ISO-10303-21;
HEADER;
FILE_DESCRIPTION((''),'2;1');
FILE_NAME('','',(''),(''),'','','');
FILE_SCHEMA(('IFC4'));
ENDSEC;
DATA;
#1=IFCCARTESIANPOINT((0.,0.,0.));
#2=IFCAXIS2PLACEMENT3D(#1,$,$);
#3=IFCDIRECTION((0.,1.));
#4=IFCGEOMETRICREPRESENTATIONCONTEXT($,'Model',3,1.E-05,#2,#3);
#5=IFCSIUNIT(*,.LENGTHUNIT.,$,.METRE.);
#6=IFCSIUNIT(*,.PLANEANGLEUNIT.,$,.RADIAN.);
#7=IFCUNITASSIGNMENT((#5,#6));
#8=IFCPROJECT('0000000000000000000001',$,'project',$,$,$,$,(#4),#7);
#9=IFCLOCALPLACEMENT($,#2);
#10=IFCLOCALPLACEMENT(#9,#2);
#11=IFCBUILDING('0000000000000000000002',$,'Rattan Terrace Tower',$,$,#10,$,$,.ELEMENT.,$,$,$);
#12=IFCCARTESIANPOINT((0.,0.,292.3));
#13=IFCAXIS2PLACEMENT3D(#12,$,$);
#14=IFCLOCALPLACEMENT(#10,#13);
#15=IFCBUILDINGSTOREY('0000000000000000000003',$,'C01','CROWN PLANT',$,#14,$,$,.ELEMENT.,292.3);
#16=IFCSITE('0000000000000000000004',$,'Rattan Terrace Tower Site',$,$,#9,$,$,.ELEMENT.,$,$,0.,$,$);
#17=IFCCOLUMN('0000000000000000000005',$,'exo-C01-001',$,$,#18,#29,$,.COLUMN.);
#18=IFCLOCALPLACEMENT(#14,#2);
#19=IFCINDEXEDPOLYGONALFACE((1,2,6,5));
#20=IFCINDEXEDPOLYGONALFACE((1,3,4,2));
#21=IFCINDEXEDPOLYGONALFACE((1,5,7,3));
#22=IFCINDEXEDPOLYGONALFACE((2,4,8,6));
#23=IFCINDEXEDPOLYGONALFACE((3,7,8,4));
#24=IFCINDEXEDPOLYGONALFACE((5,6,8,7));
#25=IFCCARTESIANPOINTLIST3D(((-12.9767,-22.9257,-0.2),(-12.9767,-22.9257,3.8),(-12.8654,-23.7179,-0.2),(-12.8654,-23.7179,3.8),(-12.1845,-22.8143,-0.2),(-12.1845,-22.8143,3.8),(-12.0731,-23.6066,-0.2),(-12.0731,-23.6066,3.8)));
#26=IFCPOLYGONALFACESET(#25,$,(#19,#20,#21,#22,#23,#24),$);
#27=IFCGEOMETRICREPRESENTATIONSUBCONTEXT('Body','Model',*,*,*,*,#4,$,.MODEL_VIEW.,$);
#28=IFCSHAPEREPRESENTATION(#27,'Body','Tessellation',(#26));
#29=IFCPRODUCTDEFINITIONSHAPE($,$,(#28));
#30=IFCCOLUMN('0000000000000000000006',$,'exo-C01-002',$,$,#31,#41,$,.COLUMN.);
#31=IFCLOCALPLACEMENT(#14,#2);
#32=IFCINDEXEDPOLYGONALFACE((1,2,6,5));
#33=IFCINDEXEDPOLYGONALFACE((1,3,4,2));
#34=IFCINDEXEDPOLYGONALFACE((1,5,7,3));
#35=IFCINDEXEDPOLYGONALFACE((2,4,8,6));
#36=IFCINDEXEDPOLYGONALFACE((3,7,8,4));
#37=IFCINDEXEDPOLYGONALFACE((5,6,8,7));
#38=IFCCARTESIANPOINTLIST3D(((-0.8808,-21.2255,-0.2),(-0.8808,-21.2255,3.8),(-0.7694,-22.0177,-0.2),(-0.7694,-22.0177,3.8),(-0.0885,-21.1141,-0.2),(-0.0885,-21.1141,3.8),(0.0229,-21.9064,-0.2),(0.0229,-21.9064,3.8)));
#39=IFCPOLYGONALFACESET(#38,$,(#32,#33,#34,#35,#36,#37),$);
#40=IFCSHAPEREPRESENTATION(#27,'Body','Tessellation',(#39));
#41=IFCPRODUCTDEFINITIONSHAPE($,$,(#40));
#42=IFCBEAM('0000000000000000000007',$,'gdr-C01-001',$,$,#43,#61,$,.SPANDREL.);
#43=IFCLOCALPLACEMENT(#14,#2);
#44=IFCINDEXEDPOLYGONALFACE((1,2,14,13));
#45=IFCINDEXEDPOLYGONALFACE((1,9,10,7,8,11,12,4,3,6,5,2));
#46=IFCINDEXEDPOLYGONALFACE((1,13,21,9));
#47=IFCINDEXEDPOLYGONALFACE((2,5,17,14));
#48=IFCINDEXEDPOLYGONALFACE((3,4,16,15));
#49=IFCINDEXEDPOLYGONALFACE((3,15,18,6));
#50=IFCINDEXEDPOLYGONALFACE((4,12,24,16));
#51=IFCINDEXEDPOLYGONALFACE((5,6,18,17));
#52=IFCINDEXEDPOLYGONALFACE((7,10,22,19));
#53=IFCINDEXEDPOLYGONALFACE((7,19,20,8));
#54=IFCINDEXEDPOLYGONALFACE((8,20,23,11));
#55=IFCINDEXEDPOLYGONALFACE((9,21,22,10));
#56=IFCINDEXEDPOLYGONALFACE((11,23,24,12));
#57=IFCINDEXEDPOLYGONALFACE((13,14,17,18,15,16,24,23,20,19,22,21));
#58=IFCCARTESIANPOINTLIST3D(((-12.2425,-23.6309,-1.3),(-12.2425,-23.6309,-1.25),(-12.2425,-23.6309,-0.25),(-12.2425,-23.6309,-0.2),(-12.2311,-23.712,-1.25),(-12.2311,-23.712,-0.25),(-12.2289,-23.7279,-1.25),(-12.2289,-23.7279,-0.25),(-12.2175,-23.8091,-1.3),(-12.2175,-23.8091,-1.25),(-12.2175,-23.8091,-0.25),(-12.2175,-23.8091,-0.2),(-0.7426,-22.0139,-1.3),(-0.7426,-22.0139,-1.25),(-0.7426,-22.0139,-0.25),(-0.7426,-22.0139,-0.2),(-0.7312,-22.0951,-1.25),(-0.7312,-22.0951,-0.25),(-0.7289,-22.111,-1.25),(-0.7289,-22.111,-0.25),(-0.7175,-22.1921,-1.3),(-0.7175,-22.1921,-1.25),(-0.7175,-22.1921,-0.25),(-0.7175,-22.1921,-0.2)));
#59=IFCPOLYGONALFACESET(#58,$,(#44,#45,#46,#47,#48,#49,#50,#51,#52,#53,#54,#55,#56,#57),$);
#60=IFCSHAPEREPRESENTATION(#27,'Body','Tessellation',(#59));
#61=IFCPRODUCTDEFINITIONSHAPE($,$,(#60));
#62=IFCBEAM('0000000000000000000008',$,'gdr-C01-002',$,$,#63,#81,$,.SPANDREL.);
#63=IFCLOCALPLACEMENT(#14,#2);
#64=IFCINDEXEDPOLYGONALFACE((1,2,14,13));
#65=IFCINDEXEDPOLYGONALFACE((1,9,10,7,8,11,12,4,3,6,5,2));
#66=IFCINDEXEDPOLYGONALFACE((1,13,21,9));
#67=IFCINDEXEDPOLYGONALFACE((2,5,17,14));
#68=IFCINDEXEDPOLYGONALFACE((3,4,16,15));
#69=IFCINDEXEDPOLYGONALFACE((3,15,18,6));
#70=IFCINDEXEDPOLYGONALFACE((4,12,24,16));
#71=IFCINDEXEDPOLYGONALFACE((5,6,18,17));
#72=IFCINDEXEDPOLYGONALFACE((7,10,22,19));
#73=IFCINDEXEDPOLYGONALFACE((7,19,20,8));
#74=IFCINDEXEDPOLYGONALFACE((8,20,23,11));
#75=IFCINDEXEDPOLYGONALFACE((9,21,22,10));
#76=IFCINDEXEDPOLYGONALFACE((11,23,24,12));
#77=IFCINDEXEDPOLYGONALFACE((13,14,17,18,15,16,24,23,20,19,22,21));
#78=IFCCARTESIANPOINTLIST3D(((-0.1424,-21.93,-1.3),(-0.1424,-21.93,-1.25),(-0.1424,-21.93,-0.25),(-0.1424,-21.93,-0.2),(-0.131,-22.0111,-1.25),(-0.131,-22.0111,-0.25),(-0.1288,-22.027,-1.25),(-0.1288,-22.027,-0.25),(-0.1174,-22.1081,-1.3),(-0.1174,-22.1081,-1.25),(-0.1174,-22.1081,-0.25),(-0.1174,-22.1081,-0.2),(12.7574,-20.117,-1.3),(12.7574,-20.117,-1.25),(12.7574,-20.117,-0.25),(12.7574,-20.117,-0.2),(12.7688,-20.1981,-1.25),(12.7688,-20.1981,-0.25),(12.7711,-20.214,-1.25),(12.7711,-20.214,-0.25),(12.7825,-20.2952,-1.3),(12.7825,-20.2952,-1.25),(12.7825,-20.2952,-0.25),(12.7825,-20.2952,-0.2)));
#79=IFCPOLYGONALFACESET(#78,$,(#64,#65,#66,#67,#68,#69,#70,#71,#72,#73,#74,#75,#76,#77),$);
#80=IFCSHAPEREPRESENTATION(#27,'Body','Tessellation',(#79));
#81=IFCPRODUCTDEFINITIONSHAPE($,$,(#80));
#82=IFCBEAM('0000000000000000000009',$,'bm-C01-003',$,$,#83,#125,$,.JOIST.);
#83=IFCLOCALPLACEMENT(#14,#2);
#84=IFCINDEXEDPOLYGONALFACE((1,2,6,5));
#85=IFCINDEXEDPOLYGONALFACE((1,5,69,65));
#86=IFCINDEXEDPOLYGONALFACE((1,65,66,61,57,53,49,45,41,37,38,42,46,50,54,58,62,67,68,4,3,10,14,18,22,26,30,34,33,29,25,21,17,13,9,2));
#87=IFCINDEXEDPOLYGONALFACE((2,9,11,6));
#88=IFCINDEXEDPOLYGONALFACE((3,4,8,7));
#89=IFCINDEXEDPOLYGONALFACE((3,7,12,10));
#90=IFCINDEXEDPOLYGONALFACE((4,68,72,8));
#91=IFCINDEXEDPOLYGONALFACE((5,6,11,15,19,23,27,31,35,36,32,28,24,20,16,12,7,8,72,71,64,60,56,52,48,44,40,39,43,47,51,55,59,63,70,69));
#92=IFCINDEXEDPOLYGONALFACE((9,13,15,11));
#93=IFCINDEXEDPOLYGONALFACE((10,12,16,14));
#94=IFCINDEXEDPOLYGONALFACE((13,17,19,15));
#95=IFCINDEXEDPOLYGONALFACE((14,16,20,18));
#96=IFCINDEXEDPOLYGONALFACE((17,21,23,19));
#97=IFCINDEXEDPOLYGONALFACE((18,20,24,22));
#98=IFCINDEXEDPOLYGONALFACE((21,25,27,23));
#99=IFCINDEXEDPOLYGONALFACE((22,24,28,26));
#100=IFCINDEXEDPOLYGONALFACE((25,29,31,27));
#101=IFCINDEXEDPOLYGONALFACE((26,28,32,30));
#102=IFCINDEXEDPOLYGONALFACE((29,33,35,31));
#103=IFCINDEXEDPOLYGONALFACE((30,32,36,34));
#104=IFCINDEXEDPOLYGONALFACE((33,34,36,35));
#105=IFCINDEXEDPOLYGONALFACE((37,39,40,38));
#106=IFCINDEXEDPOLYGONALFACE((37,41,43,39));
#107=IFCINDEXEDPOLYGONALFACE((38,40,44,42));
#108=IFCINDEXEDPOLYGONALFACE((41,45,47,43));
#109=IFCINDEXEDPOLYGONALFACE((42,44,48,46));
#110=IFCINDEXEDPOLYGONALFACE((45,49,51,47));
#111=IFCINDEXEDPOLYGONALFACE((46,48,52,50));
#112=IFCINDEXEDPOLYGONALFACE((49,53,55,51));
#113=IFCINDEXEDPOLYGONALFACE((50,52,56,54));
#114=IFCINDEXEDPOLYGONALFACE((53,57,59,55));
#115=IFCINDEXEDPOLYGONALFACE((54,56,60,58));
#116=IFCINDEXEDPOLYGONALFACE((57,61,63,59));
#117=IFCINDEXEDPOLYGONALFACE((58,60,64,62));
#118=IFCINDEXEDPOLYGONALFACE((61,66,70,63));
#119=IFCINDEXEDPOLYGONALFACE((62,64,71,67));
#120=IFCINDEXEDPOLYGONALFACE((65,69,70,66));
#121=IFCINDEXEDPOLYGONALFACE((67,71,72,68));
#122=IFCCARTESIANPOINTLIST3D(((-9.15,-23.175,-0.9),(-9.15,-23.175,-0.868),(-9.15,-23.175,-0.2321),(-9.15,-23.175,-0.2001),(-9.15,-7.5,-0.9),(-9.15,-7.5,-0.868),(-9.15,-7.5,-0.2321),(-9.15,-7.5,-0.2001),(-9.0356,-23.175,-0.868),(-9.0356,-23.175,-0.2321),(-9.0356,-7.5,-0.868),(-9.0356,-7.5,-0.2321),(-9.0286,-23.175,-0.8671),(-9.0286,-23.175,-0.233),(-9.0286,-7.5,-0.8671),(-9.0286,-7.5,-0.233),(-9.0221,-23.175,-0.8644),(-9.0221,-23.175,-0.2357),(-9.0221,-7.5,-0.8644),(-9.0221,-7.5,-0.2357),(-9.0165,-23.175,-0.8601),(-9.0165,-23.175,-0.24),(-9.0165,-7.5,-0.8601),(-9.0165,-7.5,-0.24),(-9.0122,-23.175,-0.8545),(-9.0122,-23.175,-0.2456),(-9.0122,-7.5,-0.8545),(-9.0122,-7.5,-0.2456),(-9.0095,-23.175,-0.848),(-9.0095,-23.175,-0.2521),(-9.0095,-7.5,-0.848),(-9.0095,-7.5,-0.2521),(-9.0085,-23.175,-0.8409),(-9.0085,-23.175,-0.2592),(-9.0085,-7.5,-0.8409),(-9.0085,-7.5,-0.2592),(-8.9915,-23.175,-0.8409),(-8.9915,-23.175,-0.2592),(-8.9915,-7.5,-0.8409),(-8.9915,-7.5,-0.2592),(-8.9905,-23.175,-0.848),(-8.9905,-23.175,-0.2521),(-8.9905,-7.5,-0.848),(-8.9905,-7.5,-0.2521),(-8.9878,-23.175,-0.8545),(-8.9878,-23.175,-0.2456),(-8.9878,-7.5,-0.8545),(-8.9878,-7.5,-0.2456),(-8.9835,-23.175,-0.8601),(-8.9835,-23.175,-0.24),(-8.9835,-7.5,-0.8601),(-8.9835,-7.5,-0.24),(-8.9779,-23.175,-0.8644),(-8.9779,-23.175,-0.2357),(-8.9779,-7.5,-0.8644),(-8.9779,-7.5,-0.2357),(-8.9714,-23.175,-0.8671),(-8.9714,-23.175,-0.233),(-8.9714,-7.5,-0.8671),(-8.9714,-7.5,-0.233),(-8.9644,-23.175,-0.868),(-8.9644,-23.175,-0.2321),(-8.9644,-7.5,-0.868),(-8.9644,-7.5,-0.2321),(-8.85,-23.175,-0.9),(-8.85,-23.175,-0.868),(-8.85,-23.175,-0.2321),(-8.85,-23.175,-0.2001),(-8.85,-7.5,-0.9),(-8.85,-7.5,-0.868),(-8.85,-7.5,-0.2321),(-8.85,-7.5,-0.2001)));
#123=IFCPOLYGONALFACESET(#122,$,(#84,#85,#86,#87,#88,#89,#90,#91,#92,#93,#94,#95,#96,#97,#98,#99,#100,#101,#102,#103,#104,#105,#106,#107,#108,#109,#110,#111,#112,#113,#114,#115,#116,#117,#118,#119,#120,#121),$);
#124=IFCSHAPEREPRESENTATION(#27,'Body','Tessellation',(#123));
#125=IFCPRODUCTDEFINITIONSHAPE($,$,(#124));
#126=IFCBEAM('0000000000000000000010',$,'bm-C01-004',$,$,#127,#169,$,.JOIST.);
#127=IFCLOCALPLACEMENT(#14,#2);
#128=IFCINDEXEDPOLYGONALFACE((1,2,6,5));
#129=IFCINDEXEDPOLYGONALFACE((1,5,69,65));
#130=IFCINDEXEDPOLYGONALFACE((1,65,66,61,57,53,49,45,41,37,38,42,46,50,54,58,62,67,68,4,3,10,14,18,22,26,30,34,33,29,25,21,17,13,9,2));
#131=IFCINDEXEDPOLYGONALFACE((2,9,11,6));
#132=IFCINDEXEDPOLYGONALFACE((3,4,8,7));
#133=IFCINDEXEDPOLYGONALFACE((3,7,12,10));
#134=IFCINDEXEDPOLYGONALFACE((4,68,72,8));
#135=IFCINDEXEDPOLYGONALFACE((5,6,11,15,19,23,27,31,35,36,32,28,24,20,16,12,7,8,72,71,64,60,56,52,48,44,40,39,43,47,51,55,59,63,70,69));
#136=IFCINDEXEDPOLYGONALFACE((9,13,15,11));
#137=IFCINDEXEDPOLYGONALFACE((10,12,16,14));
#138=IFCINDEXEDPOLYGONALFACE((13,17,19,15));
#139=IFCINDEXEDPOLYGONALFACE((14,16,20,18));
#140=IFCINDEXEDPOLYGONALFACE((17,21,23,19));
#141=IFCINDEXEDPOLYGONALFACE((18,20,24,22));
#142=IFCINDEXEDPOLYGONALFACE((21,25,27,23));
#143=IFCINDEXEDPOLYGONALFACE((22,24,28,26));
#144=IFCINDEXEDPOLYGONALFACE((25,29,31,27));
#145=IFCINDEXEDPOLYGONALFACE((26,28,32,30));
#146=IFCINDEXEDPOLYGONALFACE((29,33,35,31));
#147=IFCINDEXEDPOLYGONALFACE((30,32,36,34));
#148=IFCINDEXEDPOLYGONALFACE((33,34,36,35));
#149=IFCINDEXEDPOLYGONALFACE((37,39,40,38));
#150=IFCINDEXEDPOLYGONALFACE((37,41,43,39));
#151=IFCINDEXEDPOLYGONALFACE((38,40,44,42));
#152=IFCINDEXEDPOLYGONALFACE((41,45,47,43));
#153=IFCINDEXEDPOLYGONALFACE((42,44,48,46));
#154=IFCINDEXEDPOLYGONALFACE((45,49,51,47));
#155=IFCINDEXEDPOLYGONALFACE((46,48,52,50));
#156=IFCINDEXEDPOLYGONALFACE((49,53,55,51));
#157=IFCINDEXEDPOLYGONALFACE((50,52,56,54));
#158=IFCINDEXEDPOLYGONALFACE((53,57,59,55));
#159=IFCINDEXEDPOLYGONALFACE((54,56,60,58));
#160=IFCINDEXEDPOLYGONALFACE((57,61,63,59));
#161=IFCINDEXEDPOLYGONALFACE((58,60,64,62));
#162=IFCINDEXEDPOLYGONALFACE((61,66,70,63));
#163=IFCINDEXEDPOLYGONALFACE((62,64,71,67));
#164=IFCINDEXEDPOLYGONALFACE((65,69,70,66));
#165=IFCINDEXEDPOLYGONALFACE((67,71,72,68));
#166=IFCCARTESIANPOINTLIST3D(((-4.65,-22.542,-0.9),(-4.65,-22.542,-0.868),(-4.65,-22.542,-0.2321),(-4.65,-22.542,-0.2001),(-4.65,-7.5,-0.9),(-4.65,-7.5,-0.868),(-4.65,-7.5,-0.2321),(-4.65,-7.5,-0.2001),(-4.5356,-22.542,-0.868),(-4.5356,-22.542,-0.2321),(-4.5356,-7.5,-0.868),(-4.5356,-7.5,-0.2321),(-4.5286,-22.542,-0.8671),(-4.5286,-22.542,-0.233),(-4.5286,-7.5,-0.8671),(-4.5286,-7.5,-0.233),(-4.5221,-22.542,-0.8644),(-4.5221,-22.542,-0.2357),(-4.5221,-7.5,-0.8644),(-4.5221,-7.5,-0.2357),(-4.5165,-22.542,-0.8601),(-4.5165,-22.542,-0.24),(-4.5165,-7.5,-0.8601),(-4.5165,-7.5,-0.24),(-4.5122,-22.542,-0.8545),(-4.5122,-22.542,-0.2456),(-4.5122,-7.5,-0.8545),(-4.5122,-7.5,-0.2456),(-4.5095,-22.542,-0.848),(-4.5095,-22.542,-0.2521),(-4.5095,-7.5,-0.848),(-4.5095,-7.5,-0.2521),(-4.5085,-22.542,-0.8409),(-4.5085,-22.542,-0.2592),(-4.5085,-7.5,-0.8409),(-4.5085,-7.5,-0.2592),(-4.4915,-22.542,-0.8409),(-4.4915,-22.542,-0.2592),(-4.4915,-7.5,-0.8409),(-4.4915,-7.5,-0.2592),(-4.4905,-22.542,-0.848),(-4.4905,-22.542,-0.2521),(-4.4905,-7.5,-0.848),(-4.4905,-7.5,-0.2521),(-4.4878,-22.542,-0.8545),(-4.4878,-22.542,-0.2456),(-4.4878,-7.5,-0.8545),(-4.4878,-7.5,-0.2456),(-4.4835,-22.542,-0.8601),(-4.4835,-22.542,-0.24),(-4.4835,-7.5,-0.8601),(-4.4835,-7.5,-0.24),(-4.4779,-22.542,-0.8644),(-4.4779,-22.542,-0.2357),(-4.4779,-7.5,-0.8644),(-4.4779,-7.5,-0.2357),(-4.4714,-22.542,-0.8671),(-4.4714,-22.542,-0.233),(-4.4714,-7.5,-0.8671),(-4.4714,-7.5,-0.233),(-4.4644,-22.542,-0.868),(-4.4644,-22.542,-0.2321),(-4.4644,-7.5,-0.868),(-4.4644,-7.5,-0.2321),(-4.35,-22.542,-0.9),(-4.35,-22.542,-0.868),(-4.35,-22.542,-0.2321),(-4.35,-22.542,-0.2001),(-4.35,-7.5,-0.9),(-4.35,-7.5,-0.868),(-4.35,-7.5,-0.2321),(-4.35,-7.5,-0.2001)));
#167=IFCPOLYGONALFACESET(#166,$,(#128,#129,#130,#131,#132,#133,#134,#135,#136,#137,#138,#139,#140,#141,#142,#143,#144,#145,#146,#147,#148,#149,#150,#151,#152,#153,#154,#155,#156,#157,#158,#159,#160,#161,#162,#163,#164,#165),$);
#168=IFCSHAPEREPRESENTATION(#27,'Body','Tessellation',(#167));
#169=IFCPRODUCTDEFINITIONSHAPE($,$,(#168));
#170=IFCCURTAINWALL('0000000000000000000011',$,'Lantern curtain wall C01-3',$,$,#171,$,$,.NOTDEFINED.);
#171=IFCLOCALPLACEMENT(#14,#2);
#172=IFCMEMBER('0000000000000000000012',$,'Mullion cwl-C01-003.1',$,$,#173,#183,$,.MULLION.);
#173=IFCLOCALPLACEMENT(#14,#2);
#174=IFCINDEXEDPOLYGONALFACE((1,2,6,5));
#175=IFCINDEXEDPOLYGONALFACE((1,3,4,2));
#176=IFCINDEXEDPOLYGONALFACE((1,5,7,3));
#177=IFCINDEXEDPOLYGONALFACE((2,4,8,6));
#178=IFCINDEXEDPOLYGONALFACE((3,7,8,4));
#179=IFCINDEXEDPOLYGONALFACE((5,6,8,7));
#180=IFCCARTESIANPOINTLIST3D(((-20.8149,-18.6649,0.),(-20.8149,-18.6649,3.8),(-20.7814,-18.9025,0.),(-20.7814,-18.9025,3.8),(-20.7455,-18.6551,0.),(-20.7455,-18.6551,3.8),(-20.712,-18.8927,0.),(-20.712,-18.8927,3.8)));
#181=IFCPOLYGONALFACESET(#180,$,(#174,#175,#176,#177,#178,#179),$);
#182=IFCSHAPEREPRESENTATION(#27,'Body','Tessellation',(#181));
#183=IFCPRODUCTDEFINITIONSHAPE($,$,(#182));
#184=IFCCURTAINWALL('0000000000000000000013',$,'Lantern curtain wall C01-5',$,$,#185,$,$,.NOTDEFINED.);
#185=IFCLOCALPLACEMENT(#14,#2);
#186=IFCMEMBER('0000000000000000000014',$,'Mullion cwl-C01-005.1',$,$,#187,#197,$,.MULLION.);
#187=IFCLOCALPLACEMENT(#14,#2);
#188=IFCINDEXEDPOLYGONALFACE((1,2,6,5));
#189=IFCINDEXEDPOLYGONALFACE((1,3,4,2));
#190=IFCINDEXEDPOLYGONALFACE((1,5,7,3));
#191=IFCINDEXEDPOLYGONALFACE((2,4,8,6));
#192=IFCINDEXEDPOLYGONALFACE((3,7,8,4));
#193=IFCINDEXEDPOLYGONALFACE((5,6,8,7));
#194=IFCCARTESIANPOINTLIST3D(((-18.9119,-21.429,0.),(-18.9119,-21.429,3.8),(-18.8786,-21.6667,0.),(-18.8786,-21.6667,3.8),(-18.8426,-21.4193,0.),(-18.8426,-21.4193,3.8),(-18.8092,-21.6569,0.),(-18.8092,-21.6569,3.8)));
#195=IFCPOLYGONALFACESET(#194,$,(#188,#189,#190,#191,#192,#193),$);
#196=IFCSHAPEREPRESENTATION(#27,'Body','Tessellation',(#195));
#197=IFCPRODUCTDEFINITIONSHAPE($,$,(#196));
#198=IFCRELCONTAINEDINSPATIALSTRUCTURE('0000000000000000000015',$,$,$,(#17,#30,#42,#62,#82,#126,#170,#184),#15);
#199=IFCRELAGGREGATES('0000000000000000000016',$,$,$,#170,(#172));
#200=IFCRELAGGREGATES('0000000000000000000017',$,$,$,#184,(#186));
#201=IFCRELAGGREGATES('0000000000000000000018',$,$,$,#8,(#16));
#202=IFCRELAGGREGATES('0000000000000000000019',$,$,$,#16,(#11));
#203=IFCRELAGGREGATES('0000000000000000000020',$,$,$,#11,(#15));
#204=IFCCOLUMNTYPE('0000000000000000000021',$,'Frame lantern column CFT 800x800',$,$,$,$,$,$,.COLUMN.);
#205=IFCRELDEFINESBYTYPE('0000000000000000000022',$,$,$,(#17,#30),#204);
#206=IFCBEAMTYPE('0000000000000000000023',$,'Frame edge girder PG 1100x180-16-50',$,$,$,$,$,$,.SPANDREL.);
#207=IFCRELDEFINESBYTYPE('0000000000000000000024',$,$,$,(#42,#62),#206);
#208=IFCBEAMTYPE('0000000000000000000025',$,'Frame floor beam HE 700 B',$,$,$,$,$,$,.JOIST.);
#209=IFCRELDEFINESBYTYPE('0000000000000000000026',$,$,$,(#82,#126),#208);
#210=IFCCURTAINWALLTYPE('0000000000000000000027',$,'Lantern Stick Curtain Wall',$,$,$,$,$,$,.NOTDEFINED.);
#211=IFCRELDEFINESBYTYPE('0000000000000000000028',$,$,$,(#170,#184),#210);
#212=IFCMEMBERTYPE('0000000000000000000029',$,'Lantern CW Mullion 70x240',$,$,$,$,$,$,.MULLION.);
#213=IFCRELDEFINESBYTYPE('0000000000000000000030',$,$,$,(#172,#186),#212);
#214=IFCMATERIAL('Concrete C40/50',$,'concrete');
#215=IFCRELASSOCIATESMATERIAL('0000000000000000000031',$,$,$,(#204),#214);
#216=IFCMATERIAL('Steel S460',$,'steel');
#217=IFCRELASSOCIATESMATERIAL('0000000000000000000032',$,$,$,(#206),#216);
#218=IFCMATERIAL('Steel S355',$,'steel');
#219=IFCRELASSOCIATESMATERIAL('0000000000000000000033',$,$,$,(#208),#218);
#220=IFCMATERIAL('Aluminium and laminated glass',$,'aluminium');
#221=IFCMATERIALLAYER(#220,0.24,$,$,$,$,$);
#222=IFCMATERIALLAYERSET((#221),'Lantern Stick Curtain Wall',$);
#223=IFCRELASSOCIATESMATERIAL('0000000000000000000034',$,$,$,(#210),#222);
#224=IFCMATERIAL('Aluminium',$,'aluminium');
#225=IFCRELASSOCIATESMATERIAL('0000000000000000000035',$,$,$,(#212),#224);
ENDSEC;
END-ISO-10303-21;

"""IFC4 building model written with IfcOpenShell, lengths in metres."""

from ifc_helpers import new_model, si_unit, direction, frame, origin, origin_2d, place, context, subcontext, project, spatial, rectangle, i_section, extrude, material, layer, layer_set, material_profile, profile_set, type_object, element, aggregate, save


model = new_model("IFC4")

# Units and contexts
model_context = context("Model", 3, precision=1e-05, world=origin(), true_north=direction((0.0, 1.0)))
body_context = subcontext(model_context, "Body", "Model", "MODEL_VIEW")
ifc_project = project(units=[si_unit("LENGTHUNIT", "METRE"), si_unit("PLANEANGLEUNIT", "RADIAN")], contexts=[model_context])

# Site, building, storey
site_placement = place(None, origin())
site = spatial("IfcSite", under=ifc_project, at=site_placement, Name="Rattan Terrace Tower Site", CompositionType="ELEMENT", RefElevation=0.0)
building_placement = place(site_placement, origin())
building = spatial("IfcBuilding", under=site, at=building_placement, Name="Rattan Terrace Tower", CompositionType="ELEMENT")
storey_placement = place(building_placement, frame((0.0, 0.0, 292.3)))
storey = spatial("IfcBuildingStorey", under=building, at=storey_placement, Name="C01", Description="CROWN PLANT", CompositionType="ELEMENT", Elevation=292.3)

# Columns
ifc_material_1 = material(Name="Concrete C40/50", Category="concrete")
ifc_material_profile_1 = material_profile(ifc_material_1, rectangle(XDim=0.8, YDim=0.8, at=origin_2d()), Name="CFT 800x800")
ifc_profile_set_1 = profile_set([ifc_material_profile_1], Name="Concrete C40/50")
column_type = type_object("IfcColumnType", Name="Frame lantern column CFT 800x800", PredefinedType="COLUMN", material=ifc_profile_set_1)
for number, where, z_axis, x_axis, name in (
    (1, (-12.5249, -23.2661, -0.2), (0.0, 0.0, 1.0), (0.990266, 0.13919, 0.0), "exo-C01-001"),
    (2, (-0.429, -21.5659, -0.2), (0.0, 0.0, 1.0), (0.990266, 0.13919, 0.0), "exo-C01-002"),
):
    element("IfcColumn", number, at=place(storey_placement, frame(where, z_axis=z_axis, x_axis=x_axis)), inside=storey, type_object=column_type, Name=name, PredefinedType="COLUMN", context=body_context, shape_type="SweptSolid", body=[
        extrude(rectangle(XDim=0.8, YDim=0.8, at=origin_2d()), origin(), (0.0, 0.0, 1.0), 4.0),
    ])

# Beams
ifc_material_2 = material(Name="Steel S460", Category="steel")
ifc_material_profile_2 = material_profile(ifc_material_2, i_section(OverallWidth=0.1799, OverallDepth=1.1001, WebThickness=0.0161, FlangeThickness=0.05, at=origin_2d()), Name="PG 1100x180-16-50")
ifc_profile_set_2 = profile_set([ifc_material_profile_2], Name="Steel S460")
beam_type_1 = type_object("IfcBeamType", Name="Frame edge girder PG 1100x180-16-50", PredefinedType="SPANDREL", material=ifc_profile_set_2)
beam_1_placement = place(storey_placement, frame((-12.23, -23.72, -0.75), z_axis=(0.990259, 0.139234, 0.0), x_axis=(-0.139234, 0.990259, 0.0)))
element("IfcBeam", 3, at=beam_1_placement, inside=storey, type_object=beam_type_1, Name="gdr-C01-001", PredefinedType="SPANDREL", context=body_context, shape_type="SweptSolid", body=[
    extrude(i_section(OverallWidth=0.1799, OverallDepth=1.1001, WebThickness=0.0161, FlangeThickness=0.05, at=origin_2d()), origin(), (0.0, 0.0, 1.0), 11.613),
])
beam_2_placement = place(storey_placement, frame((-0.1299, -22.019, -0.75), z_axis=(0.990268, 0.139175, 0.0), x_axis=(-0.139175, 0.990268, 0.0)))
element("IfcBeam", 4, at=beam_2_placement, inside=storey, type_object=beam_type_1, Name="gdr-C01-002", PredefinedType="SPANDREL", context=body_context, shape_type="SweptSolid", body=[
    extrude(i_section(OverallWidth=0.1799, OverallDepth=1.1001, WebThickness=0.0161, FlangeThickness=0.05, at=origin_2d()), origin(), (0.0, 0.0, 1.0), 13.0266),
])
ifc_material_3 = material(Name="Steel S355", Category="steel")
ifc_material_profile_3 = material_profile(ifc_material_3, i_section(OverallWidth=0.3, OverallDepth=0.7, WebThickness=0.0171, FlangeThickness=0.032, FilletRadius=0.0271, at=origin_2d()), Name="HE 700 B")
ifc_profile_set_3 = profile_set([ifc_material_profile_3], Name="Steel S355")
beam_type_2 = type_object("IfcBeamType", Name="Frame floor beam HE 700 B", PredefinedType="JOIST", material=ifc_profile_set_3)
beam_3_placement = place(storey_placement, frame((-9.0, -23.175, -0.55), z_axis=(0.0, 1.0, 0.0), x_axis=(-1.0, 0.0, 0.0)))
element("IfcBeam", 5, at=beam_3_placement, inside=storey, type_object=beam_type_2, Name="bm-C01-003", PredefinedType="JOIST", context=body_context, shape_type="SweptSolid", body=[
    extrude(i_section(OverallWidth=0.3, OverallDepth=0.7, WebThickness=0.0171, FlangeThickness=0.032, FilletRadius=0.0271, at=origin_2d()), origin(), (0.0, 0.0, 1.0), 15.675),
])
beam_4_placement = place(storey_placement, frame((-4.5, -22.542, -0.55), z_axis=(0.0, 1.0, 0.0), x_axis=(-1.0, 0.0, 0.0)))
element("IfcBeam", 6, at=beam_4_placement, inside=storey, type_object=beam_type_2, Name="bm-C01-004", PredefinedType="JOIST", context=body_context, shape_type="SweptSolid", body=[
    extrude(i_section(OverallWidth=0.3, OverallDepth=0.7, WebThickness=0.0171, FlangeThickness=0.032, FilletRadius=0.0271, at=origin_2d()), origin(), (0.0, 0.0, 1.0), 15.042),
])

# Curtain walls, members
ifc_material_4 = material(Name="Aluminium and laminated glass", Category="aluminium")
ifc_layer_1 = layer(ifc_material_4, 0.24)
ifc_layer_set_1 = layer_set([ifc_layer_1], Name="Lantern Stick Curtain Wall")
curtain_wall_type = type_object("IfcCurtainWallType", Name="Lantern Stick Curtain Wall", PredefinedType="NOTDEFINED", material=ifc_layer_set_1)
curtain_wall_1_placement = place(storey_placement, origin())
curtain_wall_1 = element("IfcCurtainWall", 7, at=curtain_wall_1_placement, inside=storey, type_object=curtain_wall_type, Name="Lantern curtain wall C01-3", PredefinedType="NOTDEFINED")
ifc_material_5 = material(Name="Aluminium", Category="aluminium")
ifc_material_profile_4 = material_profile(ifc_material_5, rectangle(XDim=0.0701, YDim=0.24, at=origin_2d()), Name="Aluminium 70x240")
ifc_profile_set_4 = profile_set([ifc_material_profile_4], Name="Aluminium")
member_type_1 = type_object("IfcMemberType", Name="Lantern CW Mullion 70x240", PredefinedType="MULLION", material=ifc_profile_set_4)
member_1_placement = place(storey_placement, frame((-20.7634, -18.7788, 0.0), z_axis=(0.0, 0.0, 1.0), x_axis=(0.990228, 0.139459, 0.0)))
member_1 = element("IfcMember", 8, at=member_1_placement, type_object=member_type_1, Name="Mullion cwl-C01-003.1", PredefinedType="MULLION", context=body_context, shape_type="SweptSolid", body=[
    extrude(rectangle(XDim=0.0701, YDim=0.24, at=origin_2d()), origin(), (0.0, 0.0, 1.0), 3.8),
])
aggregate(curtain_wall_1, [member_1])
curtain_wall_2_placement = place(storey_placement, origin())
curtain_wall_2 = element("IfcCurtainWall", 9, at=curtain_wall_2_placement, inside=storey, type_object=curtain_wall_type, Name="Lantern curtain wall C01-5", PredefinedType="NOTDEFINED")
member_2_placement = place(storey_placement, frame((-18.8606, -21.543, 0.0), z_axis=(0.0, 0.0, 1.0), x_axis=(0.99032, 0.138805, 0.0)))
member_2 = element("IfcMember", 10, at=member_2_placement, type_object=member_type_1, Name="Mullion cwl-C01-005.1", PredefinedType="MULLION", context=body_context, shape_type="SweptSolid", body=[
    extrude(rectangle(XDim=0.0701, YDim=0.24, at=origin_2d()), origin(), (0.0, 0.0, 1.0), 3.8),
])

aggregate(curtain_wall_2, [member_2])

save(model, "model.ifc")
